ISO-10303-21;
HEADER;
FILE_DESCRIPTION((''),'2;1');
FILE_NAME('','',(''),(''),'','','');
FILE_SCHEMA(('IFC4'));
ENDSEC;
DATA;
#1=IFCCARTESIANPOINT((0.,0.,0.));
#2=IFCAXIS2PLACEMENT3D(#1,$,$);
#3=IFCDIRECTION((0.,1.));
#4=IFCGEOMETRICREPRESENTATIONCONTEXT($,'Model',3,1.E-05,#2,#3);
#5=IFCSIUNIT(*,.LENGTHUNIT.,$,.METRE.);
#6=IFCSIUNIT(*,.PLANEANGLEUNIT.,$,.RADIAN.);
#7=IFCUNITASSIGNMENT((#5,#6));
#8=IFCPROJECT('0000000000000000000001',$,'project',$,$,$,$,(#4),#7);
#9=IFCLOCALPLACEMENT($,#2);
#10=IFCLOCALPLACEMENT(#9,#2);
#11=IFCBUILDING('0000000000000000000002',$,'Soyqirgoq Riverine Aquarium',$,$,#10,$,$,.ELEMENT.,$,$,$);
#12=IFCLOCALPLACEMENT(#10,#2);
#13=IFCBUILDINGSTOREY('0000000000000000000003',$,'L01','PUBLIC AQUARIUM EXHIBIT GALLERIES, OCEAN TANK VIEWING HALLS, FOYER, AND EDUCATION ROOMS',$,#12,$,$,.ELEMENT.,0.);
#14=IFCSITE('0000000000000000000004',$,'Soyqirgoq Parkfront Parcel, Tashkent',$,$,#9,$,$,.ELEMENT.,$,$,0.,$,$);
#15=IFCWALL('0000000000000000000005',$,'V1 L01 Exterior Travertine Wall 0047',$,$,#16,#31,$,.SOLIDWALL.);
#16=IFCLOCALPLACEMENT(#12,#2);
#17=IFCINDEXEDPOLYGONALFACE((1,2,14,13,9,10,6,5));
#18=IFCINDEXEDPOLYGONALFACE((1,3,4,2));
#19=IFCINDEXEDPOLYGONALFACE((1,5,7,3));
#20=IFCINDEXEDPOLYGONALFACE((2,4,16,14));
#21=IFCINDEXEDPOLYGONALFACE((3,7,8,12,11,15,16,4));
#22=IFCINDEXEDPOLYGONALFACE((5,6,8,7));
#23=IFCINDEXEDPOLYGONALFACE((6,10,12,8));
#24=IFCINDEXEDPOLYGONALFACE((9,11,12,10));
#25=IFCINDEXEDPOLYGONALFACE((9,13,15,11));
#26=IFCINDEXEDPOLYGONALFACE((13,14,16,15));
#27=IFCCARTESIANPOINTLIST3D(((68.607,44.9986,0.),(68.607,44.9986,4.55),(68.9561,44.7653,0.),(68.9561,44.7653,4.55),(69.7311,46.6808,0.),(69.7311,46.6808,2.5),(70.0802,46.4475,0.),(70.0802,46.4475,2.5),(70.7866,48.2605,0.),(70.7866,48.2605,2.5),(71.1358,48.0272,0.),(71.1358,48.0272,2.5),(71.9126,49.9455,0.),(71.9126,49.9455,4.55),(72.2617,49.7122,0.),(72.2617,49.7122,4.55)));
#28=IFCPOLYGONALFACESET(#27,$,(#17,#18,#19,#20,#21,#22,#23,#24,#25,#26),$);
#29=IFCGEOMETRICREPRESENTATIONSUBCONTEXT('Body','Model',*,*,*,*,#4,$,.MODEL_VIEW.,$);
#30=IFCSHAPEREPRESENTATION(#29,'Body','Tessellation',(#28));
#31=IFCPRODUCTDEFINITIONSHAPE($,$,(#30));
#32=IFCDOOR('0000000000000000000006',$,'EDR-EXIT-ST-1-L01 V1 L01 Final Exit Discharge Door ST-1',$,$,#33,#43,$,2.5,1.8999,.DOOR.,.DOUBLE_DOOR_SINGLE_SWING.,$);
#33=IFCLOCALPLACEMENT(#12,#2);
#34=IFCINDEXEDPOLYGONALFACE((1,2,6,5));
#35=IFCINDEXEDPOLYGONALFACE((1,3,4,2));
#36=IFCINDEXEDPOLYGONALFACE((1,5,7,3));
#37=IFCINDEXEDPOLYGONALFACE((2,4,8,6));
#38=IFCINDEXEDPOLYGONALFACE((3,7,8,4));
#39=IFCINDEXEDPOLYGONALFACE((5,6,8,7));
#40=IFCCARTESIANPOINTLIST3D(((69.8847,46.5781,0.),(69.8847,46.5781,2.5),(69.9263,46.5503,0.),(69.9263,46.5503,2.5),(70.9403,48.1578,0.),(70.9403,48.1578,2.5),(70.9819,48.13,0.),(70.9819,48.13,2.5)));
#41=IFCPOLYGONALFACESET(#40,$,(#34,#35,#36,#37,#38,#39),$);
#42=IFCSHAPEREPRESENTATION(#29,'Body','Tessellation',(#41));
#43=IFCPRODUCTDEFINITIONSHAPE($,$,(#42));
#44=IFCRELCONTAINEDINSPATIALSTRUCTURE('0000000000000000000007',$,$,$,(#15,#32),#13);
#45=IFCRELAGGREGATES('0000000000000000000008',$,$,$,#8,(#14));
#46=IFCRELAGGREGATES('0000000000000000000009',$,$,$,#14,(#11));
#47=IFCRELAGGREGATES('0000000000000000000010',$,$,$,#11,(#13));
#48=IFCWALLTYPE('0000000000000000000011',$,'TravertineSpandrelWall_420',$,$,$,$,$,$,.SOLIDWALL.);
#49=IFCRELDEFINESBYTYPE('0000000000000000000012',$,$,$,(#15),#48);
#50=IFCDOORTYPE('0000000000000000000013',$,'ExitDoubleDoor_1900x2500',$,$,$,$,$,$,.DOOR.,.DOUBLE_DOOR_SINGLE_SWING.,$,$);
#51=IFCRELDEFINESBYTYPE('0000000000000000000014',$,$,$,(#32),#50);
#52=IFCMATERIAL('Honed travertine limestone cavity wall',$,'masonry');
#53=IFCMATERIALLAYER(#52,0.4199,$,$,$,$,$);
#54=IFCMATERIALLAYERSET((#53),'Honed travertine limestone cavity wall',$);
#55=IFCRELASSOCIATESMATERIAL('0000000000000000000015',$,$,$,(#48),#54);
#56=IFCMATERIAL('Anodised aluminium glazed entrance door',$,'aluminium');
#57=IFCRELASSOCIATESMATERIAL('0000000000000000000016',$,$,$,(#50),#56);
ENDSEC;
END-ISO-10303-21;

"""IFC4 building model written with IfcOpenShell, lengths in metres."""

from ifc_helpers import new_model, si_unit, direction, frame, frame_2d, origin, place, context, subcontext, project, spatial, rectangle, extrude, material, layer, layer_set, type_object, element, fill, save


model = new_model("IFC4")

# Units and contexts
model_context = context("Model", 3, precision=1e-05, world=origin(), true_north=direction((0.0, 1.0)))
body_context = subcontext(model_context, "Body", "Model", "MODEL_VIEW")
ifc_project = project(units=[si_unit("LENGTHUNIT", "METRE"), si_unit("PLANEANGLEUNIT", "RADIAN")], contexts=[model_context])

# Site, building, storey
site_placement = place(None, origin())
site = spatial("IfcSite", under=ifc_project, at=site_placement, Name="Soyqirgoq Parkfront Parcel, Tashkent", CompositionType="ELEMENT", RefElevation=0.0)
building_placement = place(site_placement, origin())
building = spatial("IfcBuilding", under=site, at=building_placement, Name="Soyqirgoq Riverine Aquarium", CompositionType="ELEMENT")
storey_placement = place(building_placement, origin())
storey = spatial("IfcBuildingStorey", under=building, at=storey_placement, Name="L01", Description="PUBLIC AQUARIUM EXHIBIT GALLERIES, OCEAN TANK VIEWING HALLS, FOYER, AND EDUCATION ROOMS", CompositionType="ELEMENT", Elevation=0.0)

# Wall, opening, door
ifc_material_1 = material(Name="Honed travertine limestone cavity wall", Category="masonry")
ifc_layer_1 = layer(ifc_material_1, 0.4199)
ifc_layer_set_1 = layer_set([ifc_layer_1], Name="Honed travertine limestone cavity wall")
wall_type_1 = type_object("IfcWallType", Name="TravertineSpandrelWall_420", PredefinedType="SOLIDWALL", material=ifc_layer_set_1)
wall_1_placement = place(storey_placement, frame((72.0872, 49.8289, 0.0), z_axis=(0.0, 0.0, 1.0), x_axis=(-0.55559, -0.831456, 0.0)))
wall_1 = element("IfcWall", 1, at=wall_1_placement, inside=storey, type_object=wall_type_1, Name="V1 L01 Exterior Travertine Wall 0047", PredefinedType="SOLIDWALL", context=body_context, shape_type="SweptSolid", body=[
    extrude(rectangle(XDim=5.9497, YDim=0.4199, at=frame_2d((2.9749, 0.0))), origin(), (0.0, 0.0, 1.0), 4.55),
])
opening_1_placement = place(wall_1_placement, frame((2.0266, 0.0, 0.0)))
opening_1 = element("IfcOpeningElement", 2, at=opening_1_placement, cuts=wall_1, PredefinedType="OPENING", context=body_context, shape_type="SweptSolid", body=[
    extrude(rectangle(XDim=1.8999, YDim=2.5, at=frame_2d((0.95, 1.25))), frame((0.0, 0.22, 0.0), z_axis=(0.0, -1.0, 0.0), x_axis=(1.0, 0.0, 0.0)), (0.0, 0.0, 1.0), 0.4399),
])
ifc_material_2 = material(Name="Anodised aluminium glazed entrance door", Category="aluminium")
door_type_1 = type_object("IfcDoorType", Name="ExitDoubleDoor_1900x2500", OperationType="DOUBLE_DOOR_SINGLE_SWING", PredefinedType="DOOR", material=ifc_material_2)
door_1_placement = place(opening_1_placement, origin())
door_1 = element("IfcDoor", 3, at=door_1_placement, inside=storey, type_object=door_type_1, Name="EDR-EXIT-ST-1-L01 V1 L01 Final Exit Discharge Door ST-1", OperationType="DOUBLE_DOOR_SINGLE_SWING", OverallHeight=2.5, OverallWidth=1.8999, PredefinedType="DOOR", context=body_context, shape_type="SweptSolid", body=[
    extrude(rectangle(XDim=1.8999, YDim=2.5, at=frame_2d((0.95, 1.25))), frame((0.0, 0.0249, 0.0), z_axis=(0.0, -1.0, 0.0), x_axis=(1.0, 0.0, 0.0)), (0.0, 0.0, 1.0), 0.05),
])
fill(opening_1, door_1)

save(model, "model.ifc")
